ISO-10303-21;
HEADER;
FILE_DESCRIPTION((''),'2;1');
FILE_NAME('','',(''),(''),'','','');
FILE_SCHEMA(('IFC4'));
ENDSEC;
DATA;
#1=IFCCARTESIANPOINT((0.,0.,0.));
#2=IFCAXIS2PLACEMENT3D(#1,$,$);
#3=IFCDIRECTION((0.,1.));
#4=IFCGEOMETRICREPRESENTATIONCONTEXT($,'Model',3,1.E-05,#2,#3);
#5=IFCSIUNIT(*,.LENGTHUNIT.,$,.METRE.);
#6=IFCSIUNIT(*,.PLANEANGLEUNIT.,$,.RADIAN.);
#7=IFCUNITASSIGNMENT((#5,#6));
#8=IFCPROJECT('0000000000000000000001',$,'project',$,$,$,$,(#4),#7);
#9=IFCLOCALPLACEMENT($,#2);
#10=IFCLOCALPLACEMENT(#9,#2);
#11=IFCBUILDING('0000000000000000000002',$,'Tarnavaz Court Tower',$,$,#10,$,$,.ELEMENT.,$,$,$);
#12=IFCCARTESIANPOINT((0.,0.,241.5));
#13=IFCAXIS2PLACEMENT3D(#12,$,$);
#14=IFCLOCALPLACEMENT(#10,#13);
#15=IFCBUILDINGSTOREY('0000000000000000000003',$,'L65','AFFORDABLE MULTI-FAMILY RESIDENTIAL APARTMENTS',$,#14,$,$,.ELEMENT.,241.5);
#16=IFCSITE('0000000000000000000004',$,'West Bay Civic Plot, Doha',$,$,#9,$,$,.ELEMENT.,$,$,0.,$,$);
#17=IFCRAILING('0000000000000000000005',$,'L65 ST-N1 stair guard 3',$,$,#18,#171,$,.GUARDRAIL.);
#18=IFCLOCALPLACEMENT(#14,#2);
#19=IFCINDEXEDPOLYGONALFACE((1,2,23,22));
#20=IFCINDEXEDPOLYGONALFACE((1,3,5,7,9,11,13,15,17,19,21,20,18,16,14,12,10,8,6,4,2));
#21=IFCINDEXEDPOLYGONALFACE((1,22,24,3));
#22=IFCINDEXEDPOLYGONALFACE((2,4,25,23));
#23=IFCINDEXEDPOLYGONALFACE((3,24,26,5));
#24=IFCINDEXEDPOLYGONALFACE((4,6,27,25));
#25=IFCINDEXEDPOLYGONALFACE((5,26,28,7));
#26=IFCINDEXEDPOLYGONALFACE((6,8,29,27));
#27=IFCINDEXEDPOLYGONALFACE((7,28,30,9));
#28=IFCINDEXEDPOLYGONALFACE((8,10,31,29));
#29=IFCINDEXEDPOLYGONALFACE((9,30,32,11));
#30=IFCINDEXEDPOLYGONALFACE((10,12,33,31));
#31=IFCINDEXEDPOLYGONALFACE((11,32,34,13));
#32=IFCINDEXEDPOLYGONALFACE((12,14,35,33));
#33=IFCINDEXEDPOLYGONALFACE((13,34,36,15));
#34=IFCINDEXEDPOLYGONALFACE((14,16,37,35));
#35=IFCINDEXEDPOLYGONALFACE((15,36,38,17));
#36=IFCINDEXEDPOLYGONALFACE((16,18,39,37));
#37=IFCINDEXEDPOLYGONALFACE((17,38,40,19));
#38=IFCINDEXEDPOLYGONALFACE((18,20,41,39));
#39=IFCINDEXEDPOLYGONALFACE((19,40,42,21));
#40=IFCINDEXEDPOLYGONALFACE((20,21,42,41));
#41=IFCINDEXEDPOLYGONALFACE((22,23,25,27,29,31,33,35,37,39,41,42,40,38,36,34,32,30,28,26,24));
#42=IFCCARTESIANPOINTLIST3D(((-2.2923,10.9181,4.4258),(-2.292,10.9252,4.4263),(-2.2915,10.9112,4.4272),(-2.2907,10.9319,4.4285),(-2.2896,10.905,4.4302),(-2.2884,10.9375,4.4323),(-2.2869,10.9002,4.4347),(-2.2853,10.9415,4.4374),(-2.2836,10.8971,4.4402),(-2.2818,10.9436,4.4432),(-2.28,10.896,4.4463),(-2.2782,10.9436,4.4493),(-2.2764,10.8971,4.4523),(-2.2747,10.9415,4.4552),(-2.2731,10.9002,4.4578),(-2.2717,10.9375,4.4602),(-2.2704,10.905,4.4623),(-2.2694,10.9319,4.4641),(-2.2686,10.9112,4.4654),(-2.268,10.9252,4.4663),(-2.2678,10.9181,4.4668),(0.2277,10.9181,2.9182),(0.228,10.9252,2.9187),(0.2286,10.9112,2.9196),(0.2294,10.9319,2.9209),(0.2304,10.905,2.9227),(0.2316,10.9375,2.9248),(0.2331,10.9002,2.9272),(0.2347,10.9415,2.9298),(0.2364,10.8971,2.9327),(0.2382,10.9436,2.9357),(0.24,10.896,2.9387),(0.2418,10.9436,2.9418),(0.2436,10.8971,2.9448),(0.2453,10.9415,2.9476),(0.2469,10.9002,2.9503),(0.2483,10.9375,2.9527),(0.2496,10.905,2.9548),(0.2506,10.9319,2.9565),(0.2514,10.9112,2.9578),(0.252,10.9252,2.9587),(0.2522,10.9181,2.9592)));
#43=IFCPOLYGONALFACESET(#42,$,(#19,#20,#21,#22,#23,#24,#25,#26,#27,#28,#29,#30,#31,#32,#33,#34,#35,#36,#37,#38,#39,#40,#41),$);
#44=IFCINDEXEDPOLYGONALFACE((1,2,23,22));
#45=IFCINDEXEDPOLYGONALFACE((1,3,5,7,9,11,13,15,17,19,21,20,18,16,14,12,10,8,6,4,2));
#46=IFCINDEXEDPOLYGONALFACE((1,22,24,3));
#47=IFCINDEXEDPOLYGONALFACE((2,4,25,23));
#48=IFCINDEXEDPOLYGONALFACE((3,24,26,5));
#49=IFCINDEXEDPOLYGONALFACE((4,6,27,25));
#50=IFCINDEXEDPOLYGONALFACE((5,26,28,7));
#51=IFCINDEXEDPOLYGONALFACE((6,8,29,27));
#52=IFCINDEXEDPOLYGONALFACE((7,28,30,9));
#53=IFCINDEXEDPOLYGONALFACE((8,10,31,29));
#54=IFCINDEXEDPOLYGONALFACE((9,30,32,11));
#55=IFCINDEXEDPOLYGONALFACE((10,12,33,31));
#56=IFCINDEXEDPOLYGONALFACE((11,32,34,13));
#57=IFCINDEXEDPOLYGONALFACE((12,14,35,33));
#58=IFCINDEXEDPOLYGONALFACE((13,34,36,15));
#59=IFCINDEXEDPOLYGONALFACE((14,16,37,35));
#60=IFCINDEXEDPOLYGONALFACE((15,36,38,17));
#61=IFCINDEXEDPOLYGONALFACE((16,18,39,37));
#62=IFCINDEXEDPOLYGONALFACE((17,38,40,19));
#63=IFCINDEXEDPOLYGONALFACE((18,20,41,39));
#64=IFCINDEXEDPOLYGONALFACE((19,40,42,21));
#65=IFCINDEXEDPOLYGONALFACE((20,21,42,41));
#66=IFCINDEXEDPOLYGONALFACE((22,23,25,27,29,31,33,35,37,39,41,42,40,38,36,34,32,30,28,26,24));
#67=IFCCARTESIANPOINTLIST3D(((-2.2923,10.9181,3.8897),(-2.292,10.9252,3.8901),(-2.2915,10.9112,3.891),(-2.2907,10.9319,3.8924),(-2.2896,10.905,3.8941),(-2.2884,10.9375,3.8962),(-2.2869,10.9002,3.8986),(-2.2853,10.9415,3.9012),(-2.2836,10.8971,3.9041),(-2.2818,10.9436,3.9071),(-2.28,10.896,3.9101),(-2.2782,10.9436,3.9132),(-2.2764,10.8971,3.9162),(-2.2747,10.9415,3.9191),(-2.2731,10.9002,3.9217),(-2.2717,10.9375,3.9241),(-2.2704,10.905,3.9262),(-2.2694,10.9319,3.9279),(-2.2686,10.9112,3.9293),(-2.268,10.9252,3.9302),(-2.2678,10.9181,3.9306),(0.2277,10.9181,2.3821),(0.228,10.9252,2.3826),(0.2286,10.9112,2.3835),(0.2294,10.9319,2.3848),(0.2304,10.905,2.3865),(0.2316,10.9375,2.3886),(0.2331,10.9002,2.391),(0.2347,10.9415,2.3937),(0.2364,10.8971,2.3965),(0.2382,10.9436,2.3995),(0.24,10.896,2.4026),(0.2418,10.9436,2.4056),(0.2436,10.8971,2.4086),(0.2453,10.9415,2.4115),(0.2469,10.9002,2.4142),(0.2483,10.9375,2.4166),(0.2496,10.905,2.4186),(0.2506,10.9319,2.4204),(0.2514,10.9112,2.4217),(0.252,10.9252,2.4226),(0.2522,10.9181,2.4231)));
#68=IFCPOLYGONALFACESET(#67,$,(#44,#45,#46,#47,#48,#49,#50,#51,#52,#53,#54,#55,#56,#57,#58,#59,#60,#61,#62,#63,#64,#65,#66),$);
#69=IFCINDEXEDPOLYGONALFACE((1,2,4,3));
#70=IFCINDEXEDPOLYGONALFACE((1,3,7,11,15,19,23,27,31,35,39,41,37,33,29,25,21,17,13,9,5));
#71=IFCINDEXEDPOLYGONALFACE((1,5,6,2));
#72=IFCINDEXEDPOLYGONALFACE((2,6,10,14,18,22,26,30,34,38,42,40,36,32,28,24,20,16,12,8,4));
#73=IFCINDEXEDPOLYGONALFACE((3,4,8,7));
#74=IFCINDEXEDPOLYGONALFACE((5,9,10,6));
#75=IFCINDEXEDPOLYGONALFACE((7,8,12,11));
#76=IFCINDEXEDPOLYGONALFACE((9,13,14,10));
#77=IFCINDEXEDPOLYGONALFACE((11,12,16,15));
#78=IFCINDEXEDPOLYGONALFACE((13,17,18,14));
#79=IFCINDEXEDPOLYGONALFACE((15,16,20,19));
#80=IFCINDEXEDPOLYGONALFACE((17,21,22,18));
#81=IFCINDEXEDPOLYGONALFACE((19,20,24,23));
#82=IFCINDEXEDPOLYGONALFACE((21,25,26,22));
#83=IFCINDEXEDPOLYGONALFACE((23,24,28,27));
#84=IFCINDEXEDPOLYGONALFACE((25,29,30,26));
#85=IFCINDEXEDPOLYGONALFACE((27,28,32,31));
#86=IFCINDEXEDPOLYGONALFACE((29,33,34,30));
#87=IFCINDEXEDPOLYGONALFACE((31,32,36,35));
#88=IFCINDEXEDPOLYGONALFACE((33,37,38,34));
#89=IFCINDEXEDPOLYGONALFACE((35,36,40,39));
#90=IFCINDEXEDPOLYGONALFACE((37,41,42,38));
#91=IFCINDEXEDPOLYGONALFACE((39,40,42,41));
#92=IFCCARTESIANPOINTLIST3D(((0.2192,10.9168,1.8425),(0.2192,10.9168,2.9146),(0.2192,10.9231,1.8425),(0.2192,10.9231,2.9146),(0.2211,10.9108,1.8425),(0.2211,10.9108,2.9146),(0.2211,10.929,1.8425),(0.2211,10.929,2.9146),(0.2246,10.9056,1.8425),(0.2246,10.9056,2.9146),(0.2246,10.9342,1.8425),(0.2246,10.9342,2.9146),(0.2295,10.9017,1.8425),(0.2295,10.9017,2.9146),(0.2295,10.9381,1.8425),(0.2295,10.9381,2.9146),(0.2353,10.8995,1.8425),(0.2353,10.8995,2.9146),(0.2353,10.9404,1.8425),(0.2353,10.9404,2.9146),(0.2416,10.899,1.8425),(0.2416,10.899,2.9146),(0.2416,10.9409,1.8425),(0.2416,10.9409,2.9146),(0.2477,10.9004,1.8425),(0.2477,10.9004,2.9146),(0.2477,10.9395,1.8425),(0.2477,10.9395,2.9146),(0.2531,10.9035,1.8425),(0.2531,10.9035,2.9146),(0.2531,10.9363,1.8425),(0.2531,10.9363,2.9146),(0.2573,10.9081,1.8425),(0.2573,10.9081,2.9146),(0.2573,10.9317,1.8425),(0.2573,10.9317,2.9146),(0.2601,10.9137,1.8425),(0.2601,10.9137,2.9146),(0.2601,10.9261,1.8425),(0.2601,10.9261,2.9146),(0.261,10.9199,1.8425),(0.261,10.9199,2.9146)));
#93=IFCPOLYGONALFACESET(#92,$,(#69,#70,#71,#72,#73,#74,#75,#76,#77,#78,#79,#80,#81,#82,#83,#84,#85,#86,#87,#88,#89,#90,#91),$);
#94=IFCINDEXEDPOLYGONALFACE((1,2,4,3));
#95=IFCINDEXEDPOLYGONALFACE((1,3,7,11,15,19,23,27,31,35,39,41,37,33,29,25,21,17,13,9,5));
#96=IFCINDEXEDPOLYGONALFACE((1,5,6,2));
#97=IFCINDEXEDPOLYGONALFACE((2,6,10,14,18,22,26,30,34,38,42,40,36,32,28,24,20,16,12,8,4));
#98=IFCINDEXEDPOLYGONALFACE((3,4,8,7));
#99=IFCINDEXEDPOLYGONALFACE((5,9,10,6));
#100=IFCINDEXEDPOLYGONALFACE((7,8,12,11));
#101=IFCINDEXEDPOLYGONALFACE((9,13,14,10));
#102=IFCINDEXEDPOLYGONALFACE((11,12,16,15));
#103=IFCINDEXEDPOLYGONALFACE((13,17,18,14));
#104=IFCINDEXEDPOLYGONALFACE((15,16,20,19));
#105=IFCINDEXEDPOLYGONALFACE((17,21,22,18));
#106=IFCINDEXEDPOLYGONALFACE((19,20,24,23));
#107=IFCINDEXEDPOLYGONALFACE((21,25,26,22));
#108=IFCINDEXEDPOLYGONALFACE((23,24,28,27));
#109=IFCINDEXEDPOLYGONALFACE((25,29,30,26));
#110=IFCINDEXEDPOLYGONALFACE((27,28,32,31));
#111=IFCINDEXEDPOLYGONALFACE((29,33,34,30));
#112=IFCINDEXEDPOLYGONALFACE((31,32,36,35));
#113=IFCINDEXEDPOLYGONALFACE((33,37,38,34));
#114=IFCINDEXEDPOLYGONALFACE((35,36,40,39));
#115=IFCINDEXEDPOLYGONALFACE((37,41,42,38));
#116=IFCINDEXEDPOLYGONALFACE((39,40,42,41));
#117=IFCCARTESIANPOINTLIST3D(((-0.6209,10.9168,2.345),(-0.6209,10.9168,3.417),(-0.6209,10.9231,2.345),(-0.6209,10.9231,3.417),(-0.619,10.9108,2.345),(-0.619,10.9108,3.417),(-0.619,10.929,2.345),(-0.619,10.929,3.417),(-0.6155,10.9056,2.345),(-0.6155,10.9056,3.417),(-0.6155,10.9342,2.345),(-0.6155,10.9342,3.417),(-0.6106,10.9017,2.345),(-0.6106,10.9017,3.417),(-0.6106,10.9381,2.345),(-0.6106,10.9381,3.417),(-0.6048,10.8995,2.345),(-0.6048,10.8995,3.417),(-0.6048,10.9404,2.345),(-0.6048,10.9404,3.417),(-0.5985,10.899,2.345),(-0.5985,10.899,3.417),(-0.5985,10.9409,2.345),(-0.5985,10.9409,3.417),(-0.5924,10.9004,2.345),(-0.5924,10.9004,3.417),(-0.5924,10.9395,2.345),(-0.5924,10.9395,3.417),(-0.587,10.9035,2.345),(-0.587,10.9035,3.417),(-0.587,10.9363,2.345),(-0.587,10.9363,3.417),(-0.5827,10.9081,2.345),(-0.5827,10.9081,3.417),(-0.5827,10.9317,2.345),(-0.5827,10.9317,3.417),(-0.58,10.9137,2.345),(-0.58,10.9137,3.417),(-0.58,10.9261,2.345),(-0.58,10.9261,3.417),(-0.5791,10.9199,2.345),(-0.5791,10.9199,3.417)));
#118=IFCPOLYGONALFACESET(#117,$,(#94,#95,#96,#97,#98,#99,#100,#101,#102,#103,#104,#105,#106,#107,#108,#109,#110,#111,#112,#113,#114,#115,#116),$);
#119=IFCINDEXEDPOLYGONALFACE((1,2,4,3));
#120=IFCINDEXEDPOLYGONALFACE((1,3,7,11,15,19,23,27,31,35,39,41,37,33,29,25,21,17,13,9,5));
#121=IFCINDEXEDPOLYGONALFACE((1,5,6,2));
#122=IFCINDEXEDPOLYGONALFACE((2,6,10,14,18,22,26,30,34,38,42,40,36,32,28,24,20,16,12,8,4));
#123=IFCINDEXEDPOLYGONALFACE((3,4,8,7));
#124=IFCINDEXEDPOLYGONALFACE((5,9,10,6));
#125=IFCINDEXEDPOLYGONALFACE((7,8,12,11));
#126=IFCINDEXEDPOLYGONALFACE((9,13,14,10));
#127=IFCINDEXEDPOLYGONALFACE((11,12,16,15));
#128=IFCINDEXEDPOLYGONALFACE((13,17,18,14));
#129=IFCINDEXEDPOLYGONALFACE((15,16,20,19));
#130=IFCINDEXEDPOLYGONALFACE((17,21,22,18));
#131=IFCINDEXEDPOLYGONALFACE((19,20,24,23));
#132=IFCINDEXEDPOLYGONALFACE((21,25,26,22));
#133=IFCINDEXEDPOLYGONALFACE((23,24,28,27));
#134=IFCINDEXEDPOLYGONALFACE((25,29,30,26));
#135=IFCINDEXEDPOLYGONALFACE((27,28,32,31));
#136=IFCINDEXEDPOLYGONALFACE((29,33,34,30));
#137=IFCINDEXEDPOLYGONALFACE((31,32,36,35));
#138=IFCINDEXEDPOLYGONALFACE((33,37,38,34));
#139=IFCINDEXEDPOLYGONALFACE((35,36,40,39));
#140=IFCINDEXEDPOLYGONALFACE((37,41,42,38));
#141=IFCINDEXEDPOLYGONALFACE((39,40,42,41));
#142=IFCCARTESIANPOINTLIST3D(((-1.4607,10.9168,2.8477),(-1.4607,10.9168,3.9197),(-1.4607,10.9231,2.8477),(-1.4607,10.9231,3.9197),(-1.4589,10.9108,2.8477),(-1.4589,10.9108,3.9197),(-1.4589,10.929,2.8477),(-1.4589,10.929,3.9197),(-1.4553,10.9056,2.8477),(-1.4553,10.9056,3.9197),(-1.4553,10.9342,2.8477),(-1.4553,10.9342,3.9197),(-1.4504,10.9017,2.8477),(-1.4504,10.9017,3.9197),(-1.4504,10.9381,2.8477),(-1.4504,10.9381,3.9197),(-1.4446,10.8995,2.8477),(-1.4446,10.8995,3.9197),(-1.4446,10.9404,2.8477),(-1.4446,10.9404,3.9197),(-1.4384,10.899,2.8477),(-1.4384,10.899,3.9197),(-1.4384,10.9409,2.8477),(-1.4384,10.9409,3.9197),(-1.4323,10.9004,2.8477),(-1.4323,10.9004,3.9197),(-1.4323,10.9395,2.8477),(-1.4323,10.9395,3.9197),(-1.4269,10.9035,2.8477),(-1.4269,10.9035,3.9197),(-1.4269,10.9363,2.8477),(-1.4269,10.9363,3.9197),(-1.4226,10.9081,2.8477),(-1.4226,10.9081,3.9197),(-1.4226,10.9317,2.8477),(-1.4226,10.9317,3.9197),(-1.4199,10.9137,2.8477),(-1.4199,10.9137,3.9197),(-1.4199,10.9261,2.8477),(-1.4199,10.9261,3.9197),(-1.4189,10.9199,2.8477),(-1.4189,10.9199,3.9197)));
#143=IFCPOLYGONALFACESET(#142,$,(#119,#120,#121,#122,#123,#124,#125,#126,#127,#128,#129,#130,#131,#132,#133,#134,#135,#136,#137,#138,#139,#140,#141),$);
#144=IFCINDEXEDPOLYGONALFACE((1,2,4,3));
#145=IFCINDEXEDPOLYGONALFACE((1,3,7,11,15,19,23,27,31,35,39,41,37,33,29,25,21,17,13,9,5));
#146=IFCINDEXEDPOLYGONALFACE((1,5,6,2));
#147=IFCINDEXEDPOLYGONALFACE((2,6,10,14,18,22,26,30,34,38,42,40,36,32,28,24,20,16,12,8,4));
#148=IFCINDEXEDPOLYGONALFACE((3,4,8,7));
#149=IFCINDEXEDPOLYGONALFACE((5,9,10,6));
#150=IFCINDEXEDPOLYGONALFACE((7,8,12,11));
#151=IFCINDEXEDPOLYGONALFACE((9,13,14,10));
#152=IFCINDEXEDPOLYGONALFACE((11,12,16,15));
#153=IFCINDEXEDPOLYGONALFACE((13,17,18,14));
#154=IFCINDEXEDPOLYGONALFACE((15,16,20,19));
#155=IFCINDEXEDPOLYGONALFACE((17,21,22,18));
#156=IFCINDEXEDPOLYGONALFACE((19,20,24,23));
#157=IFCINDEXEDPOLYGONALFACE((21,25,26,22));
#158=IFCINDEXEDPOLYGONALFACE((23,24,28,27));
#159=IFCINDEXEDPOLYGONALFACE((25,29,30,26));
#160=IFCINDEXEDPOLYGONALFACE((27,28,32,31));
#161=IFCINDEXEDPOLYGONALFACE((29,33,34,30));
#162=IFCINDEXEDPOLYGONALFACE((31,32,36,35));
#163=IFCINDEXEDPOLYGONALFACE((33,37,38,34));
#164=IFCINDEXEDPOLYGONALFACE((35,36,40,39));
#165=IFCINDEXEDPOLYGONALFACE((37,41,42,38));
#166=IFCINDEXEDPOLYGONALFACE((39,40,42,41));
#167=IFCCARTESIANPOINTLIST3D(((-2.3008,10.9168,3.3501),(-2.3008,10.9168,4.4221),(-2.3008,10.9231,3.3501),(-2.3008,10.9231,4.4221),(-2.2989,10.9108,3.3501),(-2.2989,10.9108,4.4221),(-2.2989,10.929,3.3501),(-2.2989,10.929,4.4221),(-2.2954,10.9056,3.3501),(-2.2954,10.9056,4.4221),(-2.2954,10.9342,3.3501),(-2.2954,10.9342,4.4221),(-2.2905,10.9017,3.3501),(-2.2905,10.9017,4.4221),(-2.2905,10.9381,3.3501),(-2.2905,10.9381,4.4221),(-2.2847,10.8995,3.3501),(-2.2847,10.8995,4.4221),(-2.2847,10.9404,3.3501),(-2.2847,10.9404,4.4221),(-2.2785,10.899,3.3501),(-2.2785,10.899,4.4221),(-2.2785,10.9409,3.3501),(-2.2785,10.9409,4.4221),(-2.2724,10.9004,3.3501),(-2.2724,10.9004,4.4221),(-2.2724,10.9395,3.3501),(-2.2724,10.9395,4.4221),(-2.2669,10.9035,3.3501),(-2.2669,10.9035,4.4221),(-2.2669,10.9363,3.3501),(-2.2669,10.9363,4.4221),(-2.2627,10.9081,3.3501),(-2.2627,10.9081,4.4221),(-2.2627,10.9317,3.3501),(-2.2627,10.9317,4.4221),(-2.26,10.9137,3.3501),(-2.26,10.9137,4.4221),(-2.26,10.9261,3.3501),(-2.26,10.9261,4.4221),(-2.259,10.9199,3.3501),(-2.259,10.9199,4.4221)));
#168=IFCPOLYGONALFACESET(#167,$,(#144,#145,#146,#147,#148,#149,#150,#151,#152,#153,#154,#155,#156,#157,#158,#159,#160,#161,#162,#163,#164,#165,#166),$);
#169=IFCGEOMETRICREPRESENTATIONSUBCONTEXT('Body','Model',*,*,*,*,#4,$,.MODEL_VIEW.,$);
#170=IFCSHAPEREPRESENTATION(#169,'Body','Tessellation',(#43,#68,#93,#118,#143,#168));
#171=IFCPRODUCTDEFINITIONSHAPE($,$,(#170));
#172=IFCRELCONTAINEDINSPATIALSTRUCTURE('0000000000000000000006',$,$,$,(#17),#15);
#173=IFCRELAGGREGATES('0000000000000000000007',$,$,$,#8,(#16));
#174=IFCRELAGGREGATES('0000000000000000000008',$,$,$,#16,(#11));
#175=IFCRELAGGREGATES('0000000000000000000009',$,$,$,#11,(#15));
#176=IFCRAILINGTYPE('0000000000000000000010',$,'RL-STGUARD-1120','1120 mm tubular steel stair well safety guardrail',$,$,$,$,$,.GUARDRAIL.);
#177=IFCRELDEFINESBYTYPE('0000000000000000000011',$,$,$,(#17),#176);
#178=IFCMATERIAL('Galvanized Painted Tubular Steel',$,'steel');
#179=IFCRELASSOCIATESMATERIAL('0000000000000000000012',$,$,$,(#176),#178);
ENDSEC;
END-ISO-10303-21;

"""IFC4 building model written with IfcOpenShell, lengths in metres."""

from ifc_helpers import new_model, si_unit, direction, frame, origin, origin_2d, place, context, subcontext, project, spatial, circle, extrude, material, type_object, element, save


model = new_model("IFC4")

# Units and contexts
model_context = context("Model", 3, precision=1e-05, world=origin(), true_north=direction((0.0, 1.0)))
body_context = subcontext(model_context, "Body", "Model", "MODEL_VIEW")
ifc_project = project(units=[si_unit("LENGTHUNIT", "METRE"), si_unit("PLANEANGLEUNIT", "RADIAN")], contexts=[model_context])

# Site, building, storey
site_placement = place(None, origin())
site = spatial("IfcSite", under=ifc_project, at=site_placement, Name="West Bay Civic Plot, Doha", CompositionType="ELEMENT", RefElevation=0.0)
building_placement = place(site_placement, origin())
building = spatial("IfcBuilding", under=site, at=building_placement, Name="Tarnavaz Court Tower", CompositionType="ELEMENT")
storey_placement = place(building_placement, frame((0.0, 0.0, 241.5)))
storey = spatial("IfcBuildingStorey", under=building, at=storey_placement, Name="L65", Description="AFFORDABLE MULTI-FAMILY RESIDENTIAL APARTMENTS", CompositionType="ELEMENT", Elevation=241.5)

# Railing
ifc_material_1 = material(Name="Galvanized Painted Tubular Steel", Category="steel")
railing_type_1 = type_object("IfcRailingType", Name="RL-STGUARD-1120", Description="1120 mm tubular steel stair well safety guardrail", PredefinedType="GUARDRAIL", material=ifc_material_1)
railing_1_placement = place(storey_placement, frame((0.24, 10.9199, 1.8425)))
element("IfcRailing", 1, at=railing_1_placement, inside=storey, type_object=railing_type_1, Name="L65 ST-N1 stair guard 3", PredefinedType="GUARDRAIL", context=body_context, shape_type="SweptSolid", body=[
    extrude(circle(Radius=0.0239, at=origin_2d()), frame((0.0, 0.0, 1.0962), z_axis=(-0.85816, 0.0, 0.513383), x_axis=(0.0, -1.0, 0.0)), (0.0, 0.0, 1.0), 2.9365),
    extrude(circle(Radius=0.0239, at=origin_2d()), frame((0.0, 0.0, 0.5601), z_axis=(-0.85816, 0.0, 0.513383), x_axis=(0.0, -1.0, 0.0)), (0.0, 0.0, 1.0), 2.9365),
    extrude(circle(Radius=0.021, at=origin_2d()), origin(), (0.0, 0.0, 1.0), 1.072),
    extrude(circle(Radius=0.021, at=origin_2d()), frame((-0.8401, 0.0, 0.5024)), (0.0, 0.0, 1.0), 1.072),
    extrude(circle(Radius=0.021, at=origin_2d()), frame((-1.6799, 0.0, 1.0051)), (0.0, 0.0, 1.0), 1.072),
    extrude(circle(Radius=0.021, at=origin_2d()), frame((-2.52, 0.0, 1.5076)), (0.0, 0.0, 1.0), 1.072),
])

save(model, "model.ifc")
